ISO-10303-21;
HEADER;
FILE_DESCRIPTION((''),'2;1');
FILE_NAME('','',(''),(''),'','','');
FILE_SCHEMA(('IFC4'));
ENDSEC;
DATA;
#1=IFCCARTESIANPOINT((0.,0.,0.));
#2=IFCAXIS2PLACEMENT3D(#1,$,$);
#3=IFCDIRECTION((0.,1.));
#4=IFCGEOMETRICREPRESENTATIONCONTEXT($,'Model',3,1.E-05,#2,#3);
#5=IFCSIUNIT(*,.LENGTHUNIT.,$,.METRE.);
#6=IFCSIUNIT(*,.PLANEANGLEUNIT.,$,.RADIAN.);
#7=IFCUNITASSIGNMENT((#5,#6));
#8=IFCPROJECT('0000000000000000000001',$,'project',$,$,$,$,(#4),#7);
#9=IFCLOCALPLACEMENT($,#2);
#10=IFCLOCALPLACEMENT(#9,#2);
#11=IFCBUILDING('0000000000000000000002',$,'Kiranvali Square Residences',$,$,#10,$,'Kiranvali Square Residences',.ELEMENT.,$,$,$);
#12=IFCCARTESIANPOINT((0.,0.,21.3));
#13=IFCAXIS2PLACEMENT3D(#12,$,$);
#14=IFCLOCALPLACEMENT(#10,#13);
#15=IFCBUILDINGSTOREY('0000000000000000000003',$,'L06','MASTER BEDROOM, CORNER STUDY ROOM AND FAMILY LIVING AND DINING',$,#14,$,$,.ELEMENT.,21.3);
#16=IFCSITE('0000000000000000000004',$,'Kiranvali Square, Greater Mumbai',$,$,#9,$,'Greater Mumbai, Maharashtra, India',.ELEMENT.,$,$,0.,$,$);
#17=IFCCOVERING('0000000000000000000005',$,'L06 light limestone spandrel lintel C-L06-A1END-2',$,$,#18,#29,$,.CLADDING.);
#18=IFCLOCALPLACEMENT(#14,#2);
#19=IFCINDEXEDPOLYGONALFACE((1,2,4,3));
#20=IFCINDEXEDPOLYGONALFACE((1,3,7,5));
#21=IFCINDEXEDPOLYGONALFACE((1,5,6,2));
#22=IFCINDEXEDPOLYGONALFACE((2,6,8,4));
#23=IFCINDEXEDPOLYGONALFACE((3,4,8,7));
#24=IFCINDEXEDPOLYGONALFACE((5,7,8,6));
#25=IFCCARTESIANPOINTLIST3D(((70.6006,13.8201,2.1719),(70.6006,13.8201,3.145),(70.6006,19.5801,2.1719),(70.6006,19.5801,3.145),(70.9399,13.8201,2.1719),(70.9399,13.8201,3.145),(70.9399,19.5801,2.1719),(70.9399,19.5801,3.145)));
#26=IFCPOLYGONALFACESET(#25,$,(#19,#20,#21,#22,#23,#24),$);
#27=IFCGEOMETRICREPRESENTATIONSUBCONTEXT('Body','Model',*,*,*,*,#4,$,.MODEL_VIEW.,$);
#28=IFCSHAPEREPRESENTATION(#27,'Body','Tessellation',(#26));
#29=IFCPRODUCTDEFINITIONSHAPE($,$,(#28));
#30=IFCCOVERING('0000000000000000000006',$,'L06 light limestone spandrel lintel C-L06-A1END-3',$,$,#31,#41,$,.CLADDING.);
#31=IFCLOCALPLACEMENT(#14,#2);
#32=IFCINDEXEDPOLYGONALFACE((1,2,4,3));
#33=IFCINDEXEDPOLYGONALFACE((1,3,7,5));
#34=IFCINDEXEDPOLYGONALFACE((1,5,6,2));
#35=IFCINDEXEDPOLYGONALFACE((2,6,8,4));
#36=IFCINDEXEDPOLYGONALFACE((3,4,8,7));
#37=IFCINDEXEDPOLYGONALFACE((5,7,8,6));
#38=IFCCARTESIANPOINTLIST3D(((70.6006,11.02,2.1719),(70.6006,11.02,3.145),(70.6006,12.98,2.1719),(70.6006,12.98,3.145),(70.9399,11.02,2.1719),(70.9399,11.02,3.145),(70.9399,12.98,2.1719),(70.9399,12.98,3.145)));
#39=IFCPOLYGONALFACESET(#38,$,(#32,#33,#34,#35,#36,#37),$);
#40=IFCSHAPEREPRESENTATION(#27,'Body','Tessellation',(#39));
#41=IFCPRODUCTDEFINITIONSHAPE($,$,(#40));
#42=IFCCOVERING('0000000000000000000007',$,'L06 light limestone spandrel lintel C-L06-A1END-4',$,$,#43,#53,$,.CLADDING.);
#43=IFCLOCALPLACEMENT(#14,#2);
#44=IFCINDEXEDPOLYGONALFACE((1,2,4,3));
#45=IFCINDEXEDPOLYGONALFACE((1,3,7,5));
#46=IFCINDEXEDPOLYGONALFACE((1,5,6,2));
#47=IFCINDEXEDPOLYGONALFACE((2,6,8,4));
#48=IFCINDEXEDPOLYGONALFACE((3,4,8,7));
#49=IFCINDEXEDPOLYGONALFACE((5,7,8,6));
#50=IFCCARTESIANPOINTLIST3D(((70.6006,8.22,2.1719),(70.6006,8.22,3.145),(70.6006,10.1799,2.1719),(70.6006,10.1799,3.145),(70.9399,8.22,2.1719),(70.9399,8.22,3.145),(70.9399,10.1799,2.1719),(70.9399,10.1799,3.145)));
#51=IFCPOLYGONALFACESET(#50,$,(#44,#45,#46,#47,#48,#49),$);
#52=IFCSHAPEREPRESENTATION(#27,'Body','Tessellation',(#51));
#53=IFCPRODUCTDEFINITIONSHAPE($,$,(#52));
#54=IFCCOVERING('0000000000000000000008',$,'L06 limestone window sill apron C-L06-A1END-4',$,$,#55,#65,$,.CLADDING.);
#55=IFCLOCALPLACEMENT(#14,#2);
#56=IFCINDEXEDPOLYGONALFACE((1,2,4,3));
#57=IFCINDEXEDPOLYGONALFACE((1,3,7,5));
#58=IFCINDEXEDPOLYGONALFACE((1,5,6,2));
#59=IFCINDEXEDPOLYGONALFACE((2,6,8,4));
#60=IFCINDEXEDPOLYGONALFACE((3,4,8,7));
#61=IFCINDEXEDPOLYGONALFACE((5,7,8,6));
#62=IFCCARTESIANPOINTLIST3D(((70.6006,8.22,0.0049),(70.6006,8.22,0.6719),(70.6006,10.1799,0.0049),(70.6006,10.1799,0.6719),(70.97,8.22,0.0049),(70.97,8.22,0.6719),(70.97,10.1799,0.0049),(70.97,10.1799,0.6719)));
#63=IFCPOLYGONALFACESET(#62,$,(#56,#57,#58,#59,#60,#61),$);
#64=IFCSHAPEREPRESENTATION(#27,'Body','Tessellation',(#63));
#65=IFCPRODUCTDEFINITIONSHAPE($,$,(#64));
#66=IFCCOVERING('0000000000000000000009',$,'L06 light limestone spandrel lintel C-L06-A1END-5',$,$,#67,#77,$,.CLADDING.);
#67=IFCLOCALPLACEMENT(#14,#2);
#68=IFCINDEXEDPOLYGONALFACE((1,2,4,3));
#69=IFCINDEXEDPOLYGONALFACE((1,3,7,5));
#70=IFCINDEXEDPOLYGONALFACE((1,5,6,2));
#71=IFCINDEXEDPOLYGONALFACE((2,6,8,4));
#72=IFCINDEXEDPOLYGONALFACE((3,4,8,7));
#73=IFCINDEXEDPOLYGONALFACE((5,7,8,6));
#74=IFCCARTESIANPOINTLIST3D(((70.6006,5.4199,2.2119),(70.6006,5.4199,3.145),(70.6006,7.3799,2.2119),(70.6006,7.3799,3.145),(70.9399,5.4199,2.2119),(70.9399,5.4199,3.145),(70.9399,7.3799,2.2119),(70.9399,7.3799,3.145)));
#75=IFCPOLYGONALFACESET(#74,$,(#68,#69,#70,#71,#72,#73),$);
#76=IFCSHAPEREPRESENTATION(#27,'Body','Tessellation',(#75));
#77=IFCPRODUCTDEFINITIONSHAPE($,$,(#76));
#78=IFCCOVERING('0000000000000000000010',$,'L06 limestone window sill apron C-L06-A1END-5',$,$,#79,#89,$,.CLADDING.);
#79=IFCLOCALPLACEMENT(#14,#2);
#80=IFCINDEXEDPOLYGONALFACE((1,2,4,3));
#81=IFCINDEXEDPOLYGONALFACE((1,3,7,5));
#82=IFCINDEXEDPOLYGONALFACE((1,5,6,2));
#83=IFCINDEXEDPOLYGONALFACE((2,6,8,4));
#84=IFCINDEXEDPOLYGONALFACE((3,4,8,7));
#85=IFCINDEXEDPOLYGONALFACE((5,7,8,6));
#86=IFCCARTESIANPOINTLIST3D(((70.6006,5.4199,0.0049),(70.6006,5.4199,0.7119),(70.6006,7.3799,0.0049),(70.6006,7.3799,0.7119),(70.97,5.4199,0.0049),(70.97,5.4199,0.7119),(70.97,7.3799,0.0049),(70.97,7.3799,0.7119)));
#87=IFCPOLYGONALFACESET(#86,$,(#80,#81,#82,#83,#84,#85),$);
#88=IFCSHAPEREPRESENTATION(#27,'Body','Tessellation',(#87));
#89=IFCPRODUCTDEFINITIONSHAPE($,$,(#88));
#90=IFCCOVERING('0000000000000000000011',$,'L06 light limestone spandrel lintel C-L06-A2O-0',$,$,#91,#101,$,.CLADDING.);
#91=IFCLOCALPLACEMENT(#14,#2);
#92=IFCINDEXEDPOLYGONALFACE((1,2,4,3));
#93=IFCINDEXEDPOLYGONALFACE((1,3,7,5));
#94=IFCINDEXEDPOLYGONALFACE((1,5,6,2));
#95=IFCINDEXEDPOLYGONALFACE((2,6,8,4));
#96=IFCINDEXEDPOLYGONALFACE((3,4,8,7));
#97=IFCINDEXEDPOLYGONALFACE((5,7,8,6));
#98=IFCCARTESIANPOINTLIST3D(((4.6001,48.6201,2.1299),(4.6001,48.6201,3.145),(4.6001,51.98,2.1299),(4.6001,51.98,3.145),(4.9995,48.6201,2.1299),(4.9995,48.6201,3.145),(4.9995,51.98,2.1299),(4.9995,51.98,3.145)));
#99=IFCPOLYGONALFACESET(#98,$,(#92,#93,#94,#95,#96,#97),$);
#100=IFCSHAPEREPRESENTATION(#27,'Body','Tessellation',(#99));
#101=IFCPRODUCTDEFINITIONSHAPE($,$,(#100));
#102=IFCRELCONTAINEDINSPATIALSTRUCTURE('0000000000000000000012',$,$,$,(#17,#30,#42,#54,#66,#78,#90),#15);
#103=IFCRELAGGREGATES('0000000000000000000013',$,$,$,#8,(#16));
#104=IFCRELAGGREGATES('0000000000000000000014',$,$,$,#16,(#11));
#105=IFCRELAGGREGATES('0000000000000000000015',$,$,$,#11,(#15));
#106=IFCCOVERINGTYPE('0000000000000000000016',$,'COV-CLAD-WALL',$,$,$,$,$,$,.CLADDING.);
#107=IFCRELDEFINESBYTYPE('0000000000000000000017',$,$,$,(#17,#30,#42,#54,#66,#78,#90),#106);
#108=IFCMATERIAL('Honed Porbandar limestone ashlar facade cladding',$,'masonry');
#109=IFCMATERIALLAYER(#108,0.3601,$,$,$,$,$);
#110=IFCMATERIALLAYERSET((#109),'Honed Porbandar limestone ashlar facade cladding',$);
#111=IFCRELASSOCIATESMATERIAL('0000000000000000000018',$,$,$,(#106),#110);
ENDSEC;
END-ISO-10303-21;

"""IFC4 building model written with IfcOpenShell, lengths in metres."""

from ifc_helpers import new_model, si_unit, direction, frame, origin, place, context, subcontext, project, spatial, polyline, outline, extrude, material, layer, layer_set, type_object, element, save


model = new_model("IFC4")

# Units and contexts
model_context = context("Model", 3, precision=1e-05, world=origin(), true_north=direction((0.0, 1.0)))
body_context = subcontext(model_context, "Body", "Model", "MODEL_VIEW")
ifc_project = project(units=[si_unit("LENGTHUNIT", "METRE"), si_unit("PLANEANGLEUNIT", "RADIAN")], contexts=[model_context])

# Site, building, storey
site_placement = place(None, origin())
site = spatial("IfcSite", under=ifc_project, at=site_placement, Name="Kiranvali Square, Greater Mumbai", LongName="Greater Mumbai, Maharashtra, India", CompositionType="ELEMENT", RefElevation=0.0)
building_placement = place(site_placement, origin())
building = spatial("IfcBuilding", under=site, at=building_placement, Name="Kiranvali Square Residences", LongName="Kiranvali Square Residences", CompositionType="ELEMENT")
storey_placement = place(building_placement, frame((0.0, 0.0, 21.3)))
storey = spatial("IfcBuildingStorey", under=building, at=storey_placement, Name="L06", Description="MASTER BEDROOM, CORNER STUDY ROOM AND FAMILY LIVING AND DINING", CompositionType="ELEMENT", Elevation=21.3)

# Coverings
ifc_material = material(Name="Honed Porbandar limestone ashlar facade cladding", Category="masonry")
ifc_layer_1 = layer(ifc_material, 0.3601)
ifc_layer_set_1 = layer_set([ifc_layer_1], Name="Honed Porbandar limestone ashlar facade cladding")
covering_type_1 = type_object("IfcCoveringType", Name="COV-CLAD-WALL", PredefinedType="CLADDING", material=ifc_layer_set_1)
covering_1_placement = place(storey_placement, frame((0.0, 0.0, 2.1719)))
element("IfcCovering", 1, at=covering_1_placement, inside=storey, type_object=covering_type_1, Name="L06 light limestone spandrel lintel C-L06-A1END-2", PredefinedType="CLADDING", context=body_context, shape_type="SweptSolid", body=[
    extrude(outline(polyline([(70.6006, 19.5801), (70.6006, 13.8201), (70.9399, 13.8201), (70.9399, 19.5801), (70.6006, 19.5801)])), origin(), (0.0, 0.0, 1.0), 0.9731),
])
covering_2_placement = place(storey_placement, frame((0.0, 0.0, 2.1719)))
element("IfcCovering", 2, at=covering_2_placement, inside=storey, type_object=covering_type_1, Name="L06 light limestone spandrel lintel C-L06-A1END-3", PredefinedType="CLADDING", context=body_context, shape_type="SweptSolid", body=[
    extrude(outline(polyline([(70.6006, 12.98), (70.6006, 11.02), (70.9399, 11.02), (70.9399, 12.98), (70.6006, 12.98)])), origin(), (0.0, 0.0, 1.0), 0.9731),
])
covering_3_placement = place(storey_placement, frame((0.0, 0.0, 2.1719)))
element("IfcCovering", 3, at=covering_3_placement, inside=storey, type_object=covering_type_1, Name="L06 light limestone spandrel lintel C-L06-A1END-4", PredefinedType="CLADDING", context=body_context, shape_type="SweptSolid", body=[
    extrude(outline(polyline([(70.6006, 10.1799), (70.6006, 8.22), (70.9399, 8.22), (70.9399, 10.1799), (70.6006, 10.1799)])), origin(), (0.0, 0.0, 1.0), 0.9731),
])
covering_4_placement = place(storey_placement, frame((0.0, 0.0, 0.0049)))
element("IfcCovering", 4, at=covering_4_placement, inside=storey, type_object=covering_type_1, Name="L06 limestone window sill apron C-L06-A1END-4", PredefinedType="CLADDING", context=body_context, shape_type="SweptSolid", body=[
    extrude(outline(polyline([(70.6006, 10.1799), (70.6006, 8.22), (70.97, 8.22), (70.97, 10.1799), (70.6006, 10.1799)])), origin(), (0.0, 0.0, 1.0), 0.667),
])
covering_5_placement = place(storey_placement, frame((0.0, 0.0, 2.2119)))
element("IfcCovering", 5, at=covering_5_placement, inside=storey, type_object=covering_type_1, Name="L06 light limestone spandrel lintel C-L06-A1END-5", PredefinedType="CLADDING", context=body_context, shape_type="SweptSolid", body=[
    extrude(outline(polyline([(70.6006, 7.3799), (70.6006, 5.4199), (70.9399, 5.4199), (70.9399, 7.3799), (70.6006, 7.3799)])), origin(), (0.0, 0.0, 1.0), 0.9331),
])
covering_6_placement = place(storey_placement, frame((0.0, 0.0, 0.0049)))
element("IfcCovering", 6, at=covering_6_placement, inside=storey, type_object=covering_type_1, Name="L06 limestone window sill apron C-L06-A1END-5", PredefinedType="CLADDING", context=body_context, shape_type="SweptSolid", body=[
    extrude(outline(polyline([(70.6006, 7.3799), (70.6006, 5.4199), (70.97, 5.4199), (70.97, 7.3799), (70.6006, 7.3799)])), origin(), (0.0, 0.0, 1.0), 0.707),
])
covering_7_placement = place(storey_placement, frame((0.0, 0.0, 2.1299)))
element("IfcCovering", 7, at=covering_7_placement, inside=storey, type_object=covering_type_1, Name="L06 light limestone spandrel lintel C-L06-A2O-0", PredefinedType="CLADDING", context=body_context, shape_type="SweptSolid", body=[
    extrude(outline(polyline([(4.9995, 48.6201), (4.9995, 51.98), (4.6001, 51.98), (4.6001, 48.6201), (4.9995, 48.6201)])), origin(), (0.0, 0.0, 1.0), 1.0151),
])

save(model, "model.ifc")
